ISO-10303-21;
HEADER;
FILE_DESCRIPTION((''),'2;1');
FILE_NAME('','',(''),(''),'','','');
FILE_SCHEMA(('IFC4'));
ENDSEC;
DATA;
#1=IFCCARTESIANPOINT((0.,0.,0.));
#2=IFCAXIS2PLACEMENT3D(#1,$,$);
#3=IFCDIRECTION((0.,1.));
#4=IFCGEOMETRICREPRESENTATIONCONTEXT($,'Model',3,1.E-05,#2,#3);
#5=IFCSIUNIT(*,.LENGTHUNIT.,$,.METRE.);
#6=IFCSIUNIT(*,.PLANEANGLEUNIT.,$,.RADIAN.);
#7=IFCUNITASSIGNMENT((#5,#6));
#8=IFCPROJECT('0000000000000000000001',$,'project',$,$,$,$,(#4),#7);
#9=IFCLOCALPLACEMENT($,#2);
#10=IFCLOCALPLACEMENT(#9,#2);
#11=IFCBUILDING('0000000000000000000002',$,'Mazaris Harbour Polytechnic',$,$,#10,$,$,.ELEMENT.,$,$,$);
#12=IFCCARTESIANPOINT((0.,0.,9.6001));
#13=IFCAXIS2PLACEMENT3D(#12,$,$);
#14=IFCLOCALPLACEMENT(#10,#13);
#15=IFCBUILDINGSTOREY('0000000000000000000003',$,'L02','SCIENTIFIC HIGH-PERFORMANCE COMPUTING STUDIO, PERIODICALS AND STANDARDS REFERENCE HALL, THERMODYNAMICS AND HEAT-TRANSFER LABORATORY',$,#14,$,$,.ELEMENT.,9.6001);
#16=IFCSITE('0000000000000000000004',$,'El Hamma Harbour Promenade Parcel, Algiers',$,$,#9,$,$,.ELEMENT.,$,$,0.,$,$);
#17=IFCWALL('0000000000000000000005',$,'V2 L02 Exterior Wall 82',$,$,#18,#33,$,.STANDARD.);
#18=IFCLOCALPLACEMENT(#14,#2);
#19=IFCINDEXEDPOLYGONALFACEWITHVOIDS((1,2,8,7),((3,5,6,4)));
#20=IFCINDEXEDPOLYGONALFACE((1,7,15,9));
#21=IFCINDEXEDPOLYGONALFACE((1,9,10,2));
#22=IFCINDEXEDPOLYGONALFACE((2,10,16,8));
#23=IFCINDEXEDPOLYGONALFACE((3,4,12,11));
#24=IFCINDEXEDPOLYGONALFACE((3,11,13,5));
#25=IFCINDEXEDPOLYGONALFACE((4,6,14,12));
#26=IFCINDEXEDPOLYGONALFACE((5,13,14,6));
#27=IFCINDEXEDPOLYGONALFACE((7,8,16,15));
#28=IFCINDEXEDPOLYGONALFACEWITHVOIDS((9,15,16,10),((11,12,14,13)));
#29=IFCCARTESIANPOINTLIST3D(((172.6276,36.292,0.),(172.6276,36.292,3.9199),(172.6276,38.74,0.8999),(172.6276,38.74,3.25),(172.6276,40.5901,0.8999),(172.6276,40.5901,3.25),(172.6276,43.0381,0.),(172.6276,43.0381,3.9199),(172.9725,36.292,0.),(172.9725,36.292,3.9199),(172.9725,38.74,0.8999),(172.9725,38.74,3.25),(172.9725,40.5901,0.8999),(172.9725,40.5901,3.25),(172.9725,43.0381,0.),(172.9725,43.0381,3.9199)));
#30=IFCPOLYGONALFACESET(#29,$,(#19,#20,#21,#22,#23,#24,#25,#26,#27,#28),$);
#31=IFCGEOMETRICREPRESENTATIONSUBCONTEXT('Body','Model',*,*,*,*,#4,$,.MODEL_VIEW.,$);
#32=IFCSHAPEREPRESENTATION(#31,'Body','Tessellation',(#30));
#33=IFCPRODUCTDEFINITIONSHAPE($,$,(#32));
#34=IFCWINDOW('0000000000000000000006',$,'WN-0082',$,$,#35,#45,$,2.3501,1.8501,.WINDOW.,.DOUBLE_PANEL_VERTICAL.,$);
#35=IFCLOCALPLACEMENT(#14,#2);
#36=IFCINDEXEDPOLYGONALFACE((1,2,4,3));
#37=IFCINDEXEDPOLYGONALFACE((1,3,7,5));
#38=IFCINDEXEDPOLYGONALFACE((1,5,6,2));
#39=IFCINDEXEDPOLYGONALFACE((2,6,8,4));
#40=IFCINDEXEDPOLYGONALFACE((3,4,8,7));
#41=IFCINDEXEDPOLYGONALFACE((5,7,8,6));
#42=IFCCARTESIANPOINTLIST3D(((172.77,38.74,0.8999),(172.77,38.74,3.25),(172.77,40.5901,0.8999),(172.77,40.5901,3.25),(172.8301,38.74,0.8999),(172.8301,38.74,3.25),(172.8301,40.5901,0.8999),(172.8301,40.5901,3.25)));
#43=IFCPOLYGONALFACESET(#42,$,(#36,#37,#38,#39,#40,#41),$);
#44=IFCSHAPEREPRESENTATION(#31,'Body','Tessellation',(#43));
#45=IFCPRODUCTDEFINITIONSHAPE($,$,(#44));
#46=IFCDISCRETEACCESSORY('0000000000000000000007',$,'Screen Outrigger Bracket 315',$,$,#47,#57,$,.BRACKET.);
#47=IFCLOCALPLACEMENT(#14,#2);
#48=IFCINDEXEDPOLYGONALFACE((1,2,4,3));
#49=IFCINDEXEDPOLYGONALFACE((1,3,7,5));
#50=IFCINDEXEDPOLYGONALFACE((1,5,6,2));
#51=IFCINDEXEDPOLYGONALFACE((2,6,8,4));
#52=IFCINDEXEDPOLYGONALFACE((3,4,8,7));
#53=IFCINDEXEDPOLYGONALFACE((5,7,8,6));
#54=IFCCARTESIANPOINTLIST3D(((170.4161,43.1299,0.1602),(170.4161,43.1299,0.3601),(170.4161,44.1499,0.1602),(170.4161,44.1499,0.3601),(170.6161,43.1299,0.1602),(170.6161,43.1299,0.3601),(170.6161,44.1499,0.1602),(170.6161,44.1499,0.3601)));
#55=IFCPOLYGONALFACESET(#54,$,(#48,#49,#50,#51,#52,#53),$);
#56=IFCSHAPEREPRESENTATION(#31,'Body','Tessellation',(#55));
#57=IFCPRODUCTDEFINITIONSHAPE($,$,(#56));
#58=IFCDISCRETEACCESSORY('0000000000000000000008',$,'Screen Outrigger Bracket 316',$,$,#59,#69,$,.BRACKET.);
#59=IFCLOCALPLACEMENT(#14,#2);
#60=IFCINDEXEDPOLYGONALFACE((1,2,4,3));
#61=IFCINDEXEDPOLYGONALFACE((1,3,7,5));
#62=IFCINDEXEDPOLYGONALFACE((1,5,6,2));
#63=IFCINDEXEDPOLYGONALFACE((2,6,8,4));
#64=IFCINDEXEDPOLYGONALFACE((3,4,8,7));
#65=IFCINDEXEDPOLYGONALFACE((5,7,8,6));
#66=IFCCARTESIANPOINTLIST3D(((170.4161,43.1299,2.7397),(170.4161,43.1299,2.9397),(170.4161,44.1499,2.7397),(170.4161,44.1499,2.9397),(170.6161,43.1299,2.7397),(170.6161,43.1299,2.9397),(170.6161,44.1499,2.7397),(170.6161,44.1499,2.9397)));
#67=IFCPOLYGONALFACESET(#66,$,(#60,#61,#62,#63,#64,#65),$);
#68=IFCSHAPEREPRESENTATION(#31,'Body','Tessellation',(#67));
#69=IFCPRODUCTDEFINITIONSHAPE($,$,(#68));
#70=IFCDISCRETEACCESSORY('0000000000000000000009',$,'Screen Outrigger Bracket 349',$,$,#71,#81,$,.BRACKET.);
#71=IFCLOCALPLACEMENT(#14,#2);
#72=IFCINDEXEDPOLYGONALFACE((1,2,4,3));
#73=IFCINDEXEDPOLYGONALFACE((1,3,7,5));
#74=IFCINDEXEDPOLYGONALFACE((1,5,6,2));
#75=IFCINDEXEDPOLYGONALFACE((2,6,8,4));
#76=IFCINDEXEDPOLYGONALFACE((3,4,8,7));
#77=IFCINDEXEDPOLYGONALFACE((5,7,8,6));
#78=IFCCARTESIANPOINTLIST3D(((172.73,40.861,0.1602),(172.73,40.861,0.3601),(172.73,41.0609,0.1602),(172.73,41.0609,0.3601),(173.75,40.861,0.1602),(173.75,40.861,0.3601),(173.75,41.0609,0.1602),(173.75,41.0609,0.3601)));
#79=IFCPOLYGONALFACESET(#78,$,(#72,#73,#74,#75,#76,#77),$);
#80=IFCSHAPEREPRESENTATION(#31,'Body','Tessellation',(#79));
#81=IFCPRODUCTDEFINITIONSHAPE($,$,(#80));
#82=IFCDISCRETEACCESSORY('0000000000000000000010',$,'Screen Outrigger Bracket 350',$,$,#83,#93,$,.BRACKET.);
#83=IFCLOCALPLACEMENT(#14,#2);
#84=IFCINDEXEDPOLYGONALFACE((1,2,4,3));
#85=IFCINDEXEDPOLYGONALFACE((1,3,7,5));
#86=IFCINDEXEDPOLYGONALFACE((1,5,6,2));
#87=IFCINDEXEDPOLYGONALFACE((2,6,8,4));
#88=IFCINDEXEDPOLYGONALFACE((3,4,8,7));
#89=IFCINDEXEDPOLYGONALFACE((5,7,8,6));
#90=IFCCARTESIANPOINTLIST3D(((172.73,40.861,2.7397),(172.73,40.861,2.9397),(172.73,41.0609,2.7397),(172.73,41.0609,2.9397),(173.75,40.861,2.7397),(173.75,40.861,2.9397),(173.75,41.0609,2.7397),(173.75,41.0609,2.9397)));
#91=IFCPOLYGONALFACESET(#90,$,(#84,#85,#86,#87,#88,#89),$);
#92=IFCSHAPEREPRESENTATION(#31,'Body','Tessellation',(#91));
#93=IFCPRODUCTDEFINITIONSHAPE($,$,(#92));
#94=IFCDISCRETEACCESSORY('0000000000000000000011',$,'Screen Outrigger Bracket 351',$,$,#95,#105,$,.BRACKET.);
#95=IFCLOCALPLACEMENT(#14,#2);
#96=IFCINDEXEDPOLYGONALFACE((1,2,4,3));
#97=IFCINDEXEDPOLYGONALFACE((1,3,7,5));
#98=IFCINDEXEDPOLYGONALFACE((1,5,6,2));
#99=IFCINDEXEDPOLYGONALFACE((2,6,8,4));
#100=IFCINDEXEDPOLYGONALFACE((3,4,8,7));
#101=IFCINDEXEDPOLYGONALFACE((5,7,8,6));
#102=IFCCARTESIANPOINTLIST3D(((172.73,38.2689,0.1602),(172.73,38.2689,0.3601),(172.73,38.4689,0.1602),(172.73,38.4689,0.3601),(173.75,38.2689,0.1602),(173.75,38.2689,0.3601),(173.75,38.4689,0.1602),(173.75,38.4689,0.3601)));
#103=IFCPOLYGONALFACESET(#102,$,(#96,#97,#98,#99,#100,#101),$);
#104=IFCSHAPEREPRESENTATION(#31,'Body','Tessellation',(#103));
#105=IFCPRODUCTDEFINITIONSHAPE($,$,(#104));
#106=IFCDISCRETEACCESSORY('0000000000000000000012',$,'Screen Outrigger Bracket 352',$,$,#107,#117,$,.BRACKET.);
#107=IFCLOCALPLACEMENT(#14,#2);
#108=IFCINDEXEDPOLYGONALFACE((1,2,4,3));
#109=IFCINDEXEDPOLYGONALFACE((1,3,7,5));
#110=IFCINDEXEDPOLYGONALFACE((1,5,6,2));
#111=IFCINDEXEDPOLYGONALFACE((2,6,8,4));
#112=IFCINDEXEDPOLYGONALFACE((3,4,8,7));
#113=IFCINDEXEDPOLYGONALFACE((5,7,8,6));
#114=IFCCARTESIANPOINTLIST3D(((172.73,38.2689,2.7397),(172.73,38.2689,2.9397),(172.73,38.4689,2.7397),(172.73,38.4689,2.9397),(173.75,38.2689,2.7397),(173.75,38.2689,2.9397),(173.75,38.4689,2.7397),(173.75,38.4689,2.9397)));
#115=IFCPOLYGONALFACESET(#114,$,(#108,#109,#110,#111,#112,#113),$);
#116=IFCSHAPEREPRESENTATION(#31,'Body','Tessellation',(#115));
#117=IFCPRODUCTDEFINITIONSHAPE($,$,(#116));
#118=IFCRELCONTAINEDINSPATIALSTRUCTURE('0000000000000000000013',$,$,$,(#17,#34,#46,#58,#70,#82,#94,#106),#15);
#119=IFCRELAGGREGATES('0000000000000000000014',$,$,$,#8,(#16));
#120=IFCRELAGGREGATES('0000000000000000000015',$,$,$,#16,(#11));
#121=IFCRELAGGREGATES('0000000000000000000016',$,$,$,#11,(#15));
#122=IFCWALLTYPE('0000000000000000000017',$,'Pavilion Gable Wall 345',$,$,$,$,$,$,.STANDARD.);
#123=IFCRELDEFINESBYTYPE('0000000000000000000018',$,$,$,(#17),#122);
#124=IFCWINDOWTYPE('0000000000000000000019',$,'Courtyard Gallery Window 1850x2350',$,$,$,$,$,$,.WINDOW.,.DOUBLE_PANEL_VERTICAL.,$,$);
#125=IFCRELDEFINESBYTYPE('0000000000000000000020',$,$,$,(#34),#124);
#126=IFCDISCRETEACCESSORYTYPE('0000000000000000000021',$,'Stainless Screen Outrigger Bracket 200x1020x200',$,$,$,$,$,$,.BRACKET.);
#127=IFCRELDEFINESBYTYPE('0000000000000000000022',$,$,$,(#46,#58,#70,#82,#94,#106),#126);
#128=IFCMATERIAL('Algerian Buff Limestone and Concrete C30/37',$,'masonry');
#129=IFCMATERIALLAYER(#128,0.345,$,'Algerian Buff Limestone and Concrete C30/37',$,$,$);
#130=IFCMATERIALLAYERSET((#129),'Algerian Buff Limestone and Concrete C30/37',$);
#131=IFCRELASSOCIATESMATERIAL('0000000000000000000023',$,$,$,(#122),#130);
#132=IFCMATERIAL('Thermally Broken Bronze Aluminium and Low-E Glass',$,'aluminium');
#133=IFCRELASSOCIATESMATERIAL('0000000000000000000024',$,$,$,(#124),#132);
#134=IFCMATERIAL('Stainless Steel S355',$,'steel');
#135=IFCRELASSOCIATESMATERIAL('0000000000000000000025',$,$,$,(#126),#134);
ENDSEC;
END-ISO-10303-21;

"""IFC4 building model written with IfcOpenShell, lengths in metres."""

from ifc_helpers import new_model, si_unit, direction, frame, frame_2d, origin, origin_2d, place, context, subcontext, project, spatial, rectangle, extrude, material, layer, layer_set, type_object, element, fill, save


model = new_model("IFC4")

# Units and contexts
model_context = context("Model", 3, precision=1e-05, world=origin(), true_north=direction((0.0, 1.0)))
body_context = subcontext(model_context, "Body", "Model", "MODEL_VIEW")
ifc_project = project(units=[si_unit("LENGTHUNIT", "METRE"), si_unit("PLANEANGLEUNIT", "RADIAN")], contexts=[model_context])

# Site, building, storey
site_placement = place(None, origin())
site = spatial("IfcSite", under=ifc_project, at=site_placement, Name="El Hamma Harbour Promenade Parcel, Algiers", CompositionType="ELEMENT", RefElevation=0.0)
building_placement = place(site_placement, origin())
building = spatial("IfcBuilding", under=site, at=building_placement, Name="Mazaris Harbour Polytechnic", CompositionType="ELEMENT")
storey_placement = place(building_placement, frame((0.0, 0.0, 9.6001)))
storey = spatial("IfcBuildingStorey", under=building, at=storey_placement, Name="L02", Description="SCIENTIFIC HIGH-PERFORMANCE COMPUTING STUDIO, PERIODICALS AND STANDARDS REFERENCE HALL, THERMODYNAMICS AND HEAT-TRANSFER LABORATORY", CompositionType="ELEMENT", Elevation=9.6001)

# Wall, opening, window
ifc_material_1 = material(Name="Algerian Buff Limestone and Concrete C30/37", Category="masonry")
ifc_layer_1 = layer(ifc_material_1, 0.345, Name="Algerian Buff Limestone and Concrete C30/37")
ifc_layer_set_1 = layer_set([ifc_layer_1], Name="Algerian Buff Limestone and Concrete C30/37")
wall_type = type_object("IfcWallType", Name="Pavilion Gable Wall 345", PredefinedType="STANDARD", material=ifc_layer_set_1)
wall_placement = place(storey_placement, frame((172.8, 43.0381, 0.0), z_axis=(0.0, 0.0, 1.0), x_axis=(0.0, -1.0, 0.0)))
wall = element("IfcWall", 1, at=wall_placement, inside=storey, type_object=wall_type, Name="V2 L02 Exterior Wall 82", PredefinedType="STANDARD", context=body_context, shape_type="SweptSolid", body=[
    extrude(rectangle(XDim=6.7461, YDim=0.345, at=frame_2d((3.373, 0.0))), origin(), (0.0, 0.0, 1.0), 3.9199),
])
opening_placement = place(wall_placement, frame((2.448, 0.0, 0.8999)))
opening = element("IfcOpeningElement", 2, at=opening_placement, cuts=wall, PredefinedType="OPENING", context=body_context, shape_type="SweptSolid", body=[
    extrude(rectangle(XDim=1.8501, YDim=2.3501, at=frame_2d((0.925, 1.175))), frame((0.0, 0.1824, 0.0), z_axis=(0.0, -1.0, 0.0), x_axis=(1.0, 0.0, 0.0)), (0.0, 0.0, 1.0), 0.365),
])
ifc_material_2 = material(Name="Thermally Broken Bronze Aluminium and Low-E Glass", Category="aluminium")
window_type = type_object("IfcWindowType", Name="Courtyard Gallery Window 1850x2350", PartitioningType="DOUBLE_PANEL_VERTICAL", PredefinedType="WINDOW", material=ifc_material_2)
window_placement = place(opening_placement, origin())
window = element("IfcWindow", 3, at=window_placement, inside=storey, type_object=window_type, Name="WN-0082", OverallHeight=2.3501, OverallWidth=1.8501, PartitioningType="DOUBLE_PANEL_VERTICAL", PredefinedType="WINDOW", context=body_context, shape_type="SweptSolid", body=[
    extrude(rectangle(XDim=1.8501, YDim=2.3501, at=frame_2d((0.925, 1.175))), frame((0.0, 0.03, 0.0), z_axis=(0.0, -1.0, 0.0), x_axis=(1.0, 0.0, 0.0)), (0.0, 0.0, 1.0), 0.0601),
])
fill(opening, window)

# Discrete accessories
ifc_material_3 = material(Name="Stainless Steel S355", Category="steel")
discrete_accessory_type = type_object("IfcDiscreteAccessoryType", Name="Stainless Screen Outrigger Bracket 200x1020x200", PredefinedType="BRACKET", material=ifc_material_3)
for number, where, z_axis, x_axis, name in (
    (4, (170.5161, 43.6399, 0.1602), (0.0, 0.0, 1.0), (1.0, 0.0, 0.0), "Screen Outrigger Bracket 315"),
    (5, (170.5161, 43.6399, 2.7397), (0.0, 0.0, 1.0), (1.0, 0.0, 0.0), "Screen Outrigger Bracket 316"),
    (6, (173.24, 40.9609, 0.1602), (0.0, 0.0, 1.0), (0.0, -1.0, 0.0), "Screen Outrigger Bracket 349"),
    (7, (173.24, 40.9609, 2.7397), (0.0, 0.0, 1.0), (0.0, -1.0, 0.0), "Screen Outrigger Bracket 350"),
    (8, (173.24, 38.3689, 0.1602), (0.0, 0.0, 1.0), (0.0, -1.0, 0.0), "Screen Outrigger Bracket 351"),
    (9, (173.24, 38.3689, 2.7397), (0.0, 0.0, 1.0), (0.0, -1.0, 0.0), "Screen Outrigger Bracket 352"),
):
    element("IfcDiscreteAccessory", number, at=place(storey_placement, frame(where, z_axis=z_axis, x_axis=x_axis)), inside=storey, type_object=discrete_accessory_type, Name=name, PredefinedType="BRACKET", context=body_context, shape_type="SweptSolid", body=[
        extrude(rectangle(XDim=0.2, YDim=1.02, at=origin_2d()), origin(), (0.0, 0.0, 1.0), 0.2),
    ])

save(model, "model.ifc")
